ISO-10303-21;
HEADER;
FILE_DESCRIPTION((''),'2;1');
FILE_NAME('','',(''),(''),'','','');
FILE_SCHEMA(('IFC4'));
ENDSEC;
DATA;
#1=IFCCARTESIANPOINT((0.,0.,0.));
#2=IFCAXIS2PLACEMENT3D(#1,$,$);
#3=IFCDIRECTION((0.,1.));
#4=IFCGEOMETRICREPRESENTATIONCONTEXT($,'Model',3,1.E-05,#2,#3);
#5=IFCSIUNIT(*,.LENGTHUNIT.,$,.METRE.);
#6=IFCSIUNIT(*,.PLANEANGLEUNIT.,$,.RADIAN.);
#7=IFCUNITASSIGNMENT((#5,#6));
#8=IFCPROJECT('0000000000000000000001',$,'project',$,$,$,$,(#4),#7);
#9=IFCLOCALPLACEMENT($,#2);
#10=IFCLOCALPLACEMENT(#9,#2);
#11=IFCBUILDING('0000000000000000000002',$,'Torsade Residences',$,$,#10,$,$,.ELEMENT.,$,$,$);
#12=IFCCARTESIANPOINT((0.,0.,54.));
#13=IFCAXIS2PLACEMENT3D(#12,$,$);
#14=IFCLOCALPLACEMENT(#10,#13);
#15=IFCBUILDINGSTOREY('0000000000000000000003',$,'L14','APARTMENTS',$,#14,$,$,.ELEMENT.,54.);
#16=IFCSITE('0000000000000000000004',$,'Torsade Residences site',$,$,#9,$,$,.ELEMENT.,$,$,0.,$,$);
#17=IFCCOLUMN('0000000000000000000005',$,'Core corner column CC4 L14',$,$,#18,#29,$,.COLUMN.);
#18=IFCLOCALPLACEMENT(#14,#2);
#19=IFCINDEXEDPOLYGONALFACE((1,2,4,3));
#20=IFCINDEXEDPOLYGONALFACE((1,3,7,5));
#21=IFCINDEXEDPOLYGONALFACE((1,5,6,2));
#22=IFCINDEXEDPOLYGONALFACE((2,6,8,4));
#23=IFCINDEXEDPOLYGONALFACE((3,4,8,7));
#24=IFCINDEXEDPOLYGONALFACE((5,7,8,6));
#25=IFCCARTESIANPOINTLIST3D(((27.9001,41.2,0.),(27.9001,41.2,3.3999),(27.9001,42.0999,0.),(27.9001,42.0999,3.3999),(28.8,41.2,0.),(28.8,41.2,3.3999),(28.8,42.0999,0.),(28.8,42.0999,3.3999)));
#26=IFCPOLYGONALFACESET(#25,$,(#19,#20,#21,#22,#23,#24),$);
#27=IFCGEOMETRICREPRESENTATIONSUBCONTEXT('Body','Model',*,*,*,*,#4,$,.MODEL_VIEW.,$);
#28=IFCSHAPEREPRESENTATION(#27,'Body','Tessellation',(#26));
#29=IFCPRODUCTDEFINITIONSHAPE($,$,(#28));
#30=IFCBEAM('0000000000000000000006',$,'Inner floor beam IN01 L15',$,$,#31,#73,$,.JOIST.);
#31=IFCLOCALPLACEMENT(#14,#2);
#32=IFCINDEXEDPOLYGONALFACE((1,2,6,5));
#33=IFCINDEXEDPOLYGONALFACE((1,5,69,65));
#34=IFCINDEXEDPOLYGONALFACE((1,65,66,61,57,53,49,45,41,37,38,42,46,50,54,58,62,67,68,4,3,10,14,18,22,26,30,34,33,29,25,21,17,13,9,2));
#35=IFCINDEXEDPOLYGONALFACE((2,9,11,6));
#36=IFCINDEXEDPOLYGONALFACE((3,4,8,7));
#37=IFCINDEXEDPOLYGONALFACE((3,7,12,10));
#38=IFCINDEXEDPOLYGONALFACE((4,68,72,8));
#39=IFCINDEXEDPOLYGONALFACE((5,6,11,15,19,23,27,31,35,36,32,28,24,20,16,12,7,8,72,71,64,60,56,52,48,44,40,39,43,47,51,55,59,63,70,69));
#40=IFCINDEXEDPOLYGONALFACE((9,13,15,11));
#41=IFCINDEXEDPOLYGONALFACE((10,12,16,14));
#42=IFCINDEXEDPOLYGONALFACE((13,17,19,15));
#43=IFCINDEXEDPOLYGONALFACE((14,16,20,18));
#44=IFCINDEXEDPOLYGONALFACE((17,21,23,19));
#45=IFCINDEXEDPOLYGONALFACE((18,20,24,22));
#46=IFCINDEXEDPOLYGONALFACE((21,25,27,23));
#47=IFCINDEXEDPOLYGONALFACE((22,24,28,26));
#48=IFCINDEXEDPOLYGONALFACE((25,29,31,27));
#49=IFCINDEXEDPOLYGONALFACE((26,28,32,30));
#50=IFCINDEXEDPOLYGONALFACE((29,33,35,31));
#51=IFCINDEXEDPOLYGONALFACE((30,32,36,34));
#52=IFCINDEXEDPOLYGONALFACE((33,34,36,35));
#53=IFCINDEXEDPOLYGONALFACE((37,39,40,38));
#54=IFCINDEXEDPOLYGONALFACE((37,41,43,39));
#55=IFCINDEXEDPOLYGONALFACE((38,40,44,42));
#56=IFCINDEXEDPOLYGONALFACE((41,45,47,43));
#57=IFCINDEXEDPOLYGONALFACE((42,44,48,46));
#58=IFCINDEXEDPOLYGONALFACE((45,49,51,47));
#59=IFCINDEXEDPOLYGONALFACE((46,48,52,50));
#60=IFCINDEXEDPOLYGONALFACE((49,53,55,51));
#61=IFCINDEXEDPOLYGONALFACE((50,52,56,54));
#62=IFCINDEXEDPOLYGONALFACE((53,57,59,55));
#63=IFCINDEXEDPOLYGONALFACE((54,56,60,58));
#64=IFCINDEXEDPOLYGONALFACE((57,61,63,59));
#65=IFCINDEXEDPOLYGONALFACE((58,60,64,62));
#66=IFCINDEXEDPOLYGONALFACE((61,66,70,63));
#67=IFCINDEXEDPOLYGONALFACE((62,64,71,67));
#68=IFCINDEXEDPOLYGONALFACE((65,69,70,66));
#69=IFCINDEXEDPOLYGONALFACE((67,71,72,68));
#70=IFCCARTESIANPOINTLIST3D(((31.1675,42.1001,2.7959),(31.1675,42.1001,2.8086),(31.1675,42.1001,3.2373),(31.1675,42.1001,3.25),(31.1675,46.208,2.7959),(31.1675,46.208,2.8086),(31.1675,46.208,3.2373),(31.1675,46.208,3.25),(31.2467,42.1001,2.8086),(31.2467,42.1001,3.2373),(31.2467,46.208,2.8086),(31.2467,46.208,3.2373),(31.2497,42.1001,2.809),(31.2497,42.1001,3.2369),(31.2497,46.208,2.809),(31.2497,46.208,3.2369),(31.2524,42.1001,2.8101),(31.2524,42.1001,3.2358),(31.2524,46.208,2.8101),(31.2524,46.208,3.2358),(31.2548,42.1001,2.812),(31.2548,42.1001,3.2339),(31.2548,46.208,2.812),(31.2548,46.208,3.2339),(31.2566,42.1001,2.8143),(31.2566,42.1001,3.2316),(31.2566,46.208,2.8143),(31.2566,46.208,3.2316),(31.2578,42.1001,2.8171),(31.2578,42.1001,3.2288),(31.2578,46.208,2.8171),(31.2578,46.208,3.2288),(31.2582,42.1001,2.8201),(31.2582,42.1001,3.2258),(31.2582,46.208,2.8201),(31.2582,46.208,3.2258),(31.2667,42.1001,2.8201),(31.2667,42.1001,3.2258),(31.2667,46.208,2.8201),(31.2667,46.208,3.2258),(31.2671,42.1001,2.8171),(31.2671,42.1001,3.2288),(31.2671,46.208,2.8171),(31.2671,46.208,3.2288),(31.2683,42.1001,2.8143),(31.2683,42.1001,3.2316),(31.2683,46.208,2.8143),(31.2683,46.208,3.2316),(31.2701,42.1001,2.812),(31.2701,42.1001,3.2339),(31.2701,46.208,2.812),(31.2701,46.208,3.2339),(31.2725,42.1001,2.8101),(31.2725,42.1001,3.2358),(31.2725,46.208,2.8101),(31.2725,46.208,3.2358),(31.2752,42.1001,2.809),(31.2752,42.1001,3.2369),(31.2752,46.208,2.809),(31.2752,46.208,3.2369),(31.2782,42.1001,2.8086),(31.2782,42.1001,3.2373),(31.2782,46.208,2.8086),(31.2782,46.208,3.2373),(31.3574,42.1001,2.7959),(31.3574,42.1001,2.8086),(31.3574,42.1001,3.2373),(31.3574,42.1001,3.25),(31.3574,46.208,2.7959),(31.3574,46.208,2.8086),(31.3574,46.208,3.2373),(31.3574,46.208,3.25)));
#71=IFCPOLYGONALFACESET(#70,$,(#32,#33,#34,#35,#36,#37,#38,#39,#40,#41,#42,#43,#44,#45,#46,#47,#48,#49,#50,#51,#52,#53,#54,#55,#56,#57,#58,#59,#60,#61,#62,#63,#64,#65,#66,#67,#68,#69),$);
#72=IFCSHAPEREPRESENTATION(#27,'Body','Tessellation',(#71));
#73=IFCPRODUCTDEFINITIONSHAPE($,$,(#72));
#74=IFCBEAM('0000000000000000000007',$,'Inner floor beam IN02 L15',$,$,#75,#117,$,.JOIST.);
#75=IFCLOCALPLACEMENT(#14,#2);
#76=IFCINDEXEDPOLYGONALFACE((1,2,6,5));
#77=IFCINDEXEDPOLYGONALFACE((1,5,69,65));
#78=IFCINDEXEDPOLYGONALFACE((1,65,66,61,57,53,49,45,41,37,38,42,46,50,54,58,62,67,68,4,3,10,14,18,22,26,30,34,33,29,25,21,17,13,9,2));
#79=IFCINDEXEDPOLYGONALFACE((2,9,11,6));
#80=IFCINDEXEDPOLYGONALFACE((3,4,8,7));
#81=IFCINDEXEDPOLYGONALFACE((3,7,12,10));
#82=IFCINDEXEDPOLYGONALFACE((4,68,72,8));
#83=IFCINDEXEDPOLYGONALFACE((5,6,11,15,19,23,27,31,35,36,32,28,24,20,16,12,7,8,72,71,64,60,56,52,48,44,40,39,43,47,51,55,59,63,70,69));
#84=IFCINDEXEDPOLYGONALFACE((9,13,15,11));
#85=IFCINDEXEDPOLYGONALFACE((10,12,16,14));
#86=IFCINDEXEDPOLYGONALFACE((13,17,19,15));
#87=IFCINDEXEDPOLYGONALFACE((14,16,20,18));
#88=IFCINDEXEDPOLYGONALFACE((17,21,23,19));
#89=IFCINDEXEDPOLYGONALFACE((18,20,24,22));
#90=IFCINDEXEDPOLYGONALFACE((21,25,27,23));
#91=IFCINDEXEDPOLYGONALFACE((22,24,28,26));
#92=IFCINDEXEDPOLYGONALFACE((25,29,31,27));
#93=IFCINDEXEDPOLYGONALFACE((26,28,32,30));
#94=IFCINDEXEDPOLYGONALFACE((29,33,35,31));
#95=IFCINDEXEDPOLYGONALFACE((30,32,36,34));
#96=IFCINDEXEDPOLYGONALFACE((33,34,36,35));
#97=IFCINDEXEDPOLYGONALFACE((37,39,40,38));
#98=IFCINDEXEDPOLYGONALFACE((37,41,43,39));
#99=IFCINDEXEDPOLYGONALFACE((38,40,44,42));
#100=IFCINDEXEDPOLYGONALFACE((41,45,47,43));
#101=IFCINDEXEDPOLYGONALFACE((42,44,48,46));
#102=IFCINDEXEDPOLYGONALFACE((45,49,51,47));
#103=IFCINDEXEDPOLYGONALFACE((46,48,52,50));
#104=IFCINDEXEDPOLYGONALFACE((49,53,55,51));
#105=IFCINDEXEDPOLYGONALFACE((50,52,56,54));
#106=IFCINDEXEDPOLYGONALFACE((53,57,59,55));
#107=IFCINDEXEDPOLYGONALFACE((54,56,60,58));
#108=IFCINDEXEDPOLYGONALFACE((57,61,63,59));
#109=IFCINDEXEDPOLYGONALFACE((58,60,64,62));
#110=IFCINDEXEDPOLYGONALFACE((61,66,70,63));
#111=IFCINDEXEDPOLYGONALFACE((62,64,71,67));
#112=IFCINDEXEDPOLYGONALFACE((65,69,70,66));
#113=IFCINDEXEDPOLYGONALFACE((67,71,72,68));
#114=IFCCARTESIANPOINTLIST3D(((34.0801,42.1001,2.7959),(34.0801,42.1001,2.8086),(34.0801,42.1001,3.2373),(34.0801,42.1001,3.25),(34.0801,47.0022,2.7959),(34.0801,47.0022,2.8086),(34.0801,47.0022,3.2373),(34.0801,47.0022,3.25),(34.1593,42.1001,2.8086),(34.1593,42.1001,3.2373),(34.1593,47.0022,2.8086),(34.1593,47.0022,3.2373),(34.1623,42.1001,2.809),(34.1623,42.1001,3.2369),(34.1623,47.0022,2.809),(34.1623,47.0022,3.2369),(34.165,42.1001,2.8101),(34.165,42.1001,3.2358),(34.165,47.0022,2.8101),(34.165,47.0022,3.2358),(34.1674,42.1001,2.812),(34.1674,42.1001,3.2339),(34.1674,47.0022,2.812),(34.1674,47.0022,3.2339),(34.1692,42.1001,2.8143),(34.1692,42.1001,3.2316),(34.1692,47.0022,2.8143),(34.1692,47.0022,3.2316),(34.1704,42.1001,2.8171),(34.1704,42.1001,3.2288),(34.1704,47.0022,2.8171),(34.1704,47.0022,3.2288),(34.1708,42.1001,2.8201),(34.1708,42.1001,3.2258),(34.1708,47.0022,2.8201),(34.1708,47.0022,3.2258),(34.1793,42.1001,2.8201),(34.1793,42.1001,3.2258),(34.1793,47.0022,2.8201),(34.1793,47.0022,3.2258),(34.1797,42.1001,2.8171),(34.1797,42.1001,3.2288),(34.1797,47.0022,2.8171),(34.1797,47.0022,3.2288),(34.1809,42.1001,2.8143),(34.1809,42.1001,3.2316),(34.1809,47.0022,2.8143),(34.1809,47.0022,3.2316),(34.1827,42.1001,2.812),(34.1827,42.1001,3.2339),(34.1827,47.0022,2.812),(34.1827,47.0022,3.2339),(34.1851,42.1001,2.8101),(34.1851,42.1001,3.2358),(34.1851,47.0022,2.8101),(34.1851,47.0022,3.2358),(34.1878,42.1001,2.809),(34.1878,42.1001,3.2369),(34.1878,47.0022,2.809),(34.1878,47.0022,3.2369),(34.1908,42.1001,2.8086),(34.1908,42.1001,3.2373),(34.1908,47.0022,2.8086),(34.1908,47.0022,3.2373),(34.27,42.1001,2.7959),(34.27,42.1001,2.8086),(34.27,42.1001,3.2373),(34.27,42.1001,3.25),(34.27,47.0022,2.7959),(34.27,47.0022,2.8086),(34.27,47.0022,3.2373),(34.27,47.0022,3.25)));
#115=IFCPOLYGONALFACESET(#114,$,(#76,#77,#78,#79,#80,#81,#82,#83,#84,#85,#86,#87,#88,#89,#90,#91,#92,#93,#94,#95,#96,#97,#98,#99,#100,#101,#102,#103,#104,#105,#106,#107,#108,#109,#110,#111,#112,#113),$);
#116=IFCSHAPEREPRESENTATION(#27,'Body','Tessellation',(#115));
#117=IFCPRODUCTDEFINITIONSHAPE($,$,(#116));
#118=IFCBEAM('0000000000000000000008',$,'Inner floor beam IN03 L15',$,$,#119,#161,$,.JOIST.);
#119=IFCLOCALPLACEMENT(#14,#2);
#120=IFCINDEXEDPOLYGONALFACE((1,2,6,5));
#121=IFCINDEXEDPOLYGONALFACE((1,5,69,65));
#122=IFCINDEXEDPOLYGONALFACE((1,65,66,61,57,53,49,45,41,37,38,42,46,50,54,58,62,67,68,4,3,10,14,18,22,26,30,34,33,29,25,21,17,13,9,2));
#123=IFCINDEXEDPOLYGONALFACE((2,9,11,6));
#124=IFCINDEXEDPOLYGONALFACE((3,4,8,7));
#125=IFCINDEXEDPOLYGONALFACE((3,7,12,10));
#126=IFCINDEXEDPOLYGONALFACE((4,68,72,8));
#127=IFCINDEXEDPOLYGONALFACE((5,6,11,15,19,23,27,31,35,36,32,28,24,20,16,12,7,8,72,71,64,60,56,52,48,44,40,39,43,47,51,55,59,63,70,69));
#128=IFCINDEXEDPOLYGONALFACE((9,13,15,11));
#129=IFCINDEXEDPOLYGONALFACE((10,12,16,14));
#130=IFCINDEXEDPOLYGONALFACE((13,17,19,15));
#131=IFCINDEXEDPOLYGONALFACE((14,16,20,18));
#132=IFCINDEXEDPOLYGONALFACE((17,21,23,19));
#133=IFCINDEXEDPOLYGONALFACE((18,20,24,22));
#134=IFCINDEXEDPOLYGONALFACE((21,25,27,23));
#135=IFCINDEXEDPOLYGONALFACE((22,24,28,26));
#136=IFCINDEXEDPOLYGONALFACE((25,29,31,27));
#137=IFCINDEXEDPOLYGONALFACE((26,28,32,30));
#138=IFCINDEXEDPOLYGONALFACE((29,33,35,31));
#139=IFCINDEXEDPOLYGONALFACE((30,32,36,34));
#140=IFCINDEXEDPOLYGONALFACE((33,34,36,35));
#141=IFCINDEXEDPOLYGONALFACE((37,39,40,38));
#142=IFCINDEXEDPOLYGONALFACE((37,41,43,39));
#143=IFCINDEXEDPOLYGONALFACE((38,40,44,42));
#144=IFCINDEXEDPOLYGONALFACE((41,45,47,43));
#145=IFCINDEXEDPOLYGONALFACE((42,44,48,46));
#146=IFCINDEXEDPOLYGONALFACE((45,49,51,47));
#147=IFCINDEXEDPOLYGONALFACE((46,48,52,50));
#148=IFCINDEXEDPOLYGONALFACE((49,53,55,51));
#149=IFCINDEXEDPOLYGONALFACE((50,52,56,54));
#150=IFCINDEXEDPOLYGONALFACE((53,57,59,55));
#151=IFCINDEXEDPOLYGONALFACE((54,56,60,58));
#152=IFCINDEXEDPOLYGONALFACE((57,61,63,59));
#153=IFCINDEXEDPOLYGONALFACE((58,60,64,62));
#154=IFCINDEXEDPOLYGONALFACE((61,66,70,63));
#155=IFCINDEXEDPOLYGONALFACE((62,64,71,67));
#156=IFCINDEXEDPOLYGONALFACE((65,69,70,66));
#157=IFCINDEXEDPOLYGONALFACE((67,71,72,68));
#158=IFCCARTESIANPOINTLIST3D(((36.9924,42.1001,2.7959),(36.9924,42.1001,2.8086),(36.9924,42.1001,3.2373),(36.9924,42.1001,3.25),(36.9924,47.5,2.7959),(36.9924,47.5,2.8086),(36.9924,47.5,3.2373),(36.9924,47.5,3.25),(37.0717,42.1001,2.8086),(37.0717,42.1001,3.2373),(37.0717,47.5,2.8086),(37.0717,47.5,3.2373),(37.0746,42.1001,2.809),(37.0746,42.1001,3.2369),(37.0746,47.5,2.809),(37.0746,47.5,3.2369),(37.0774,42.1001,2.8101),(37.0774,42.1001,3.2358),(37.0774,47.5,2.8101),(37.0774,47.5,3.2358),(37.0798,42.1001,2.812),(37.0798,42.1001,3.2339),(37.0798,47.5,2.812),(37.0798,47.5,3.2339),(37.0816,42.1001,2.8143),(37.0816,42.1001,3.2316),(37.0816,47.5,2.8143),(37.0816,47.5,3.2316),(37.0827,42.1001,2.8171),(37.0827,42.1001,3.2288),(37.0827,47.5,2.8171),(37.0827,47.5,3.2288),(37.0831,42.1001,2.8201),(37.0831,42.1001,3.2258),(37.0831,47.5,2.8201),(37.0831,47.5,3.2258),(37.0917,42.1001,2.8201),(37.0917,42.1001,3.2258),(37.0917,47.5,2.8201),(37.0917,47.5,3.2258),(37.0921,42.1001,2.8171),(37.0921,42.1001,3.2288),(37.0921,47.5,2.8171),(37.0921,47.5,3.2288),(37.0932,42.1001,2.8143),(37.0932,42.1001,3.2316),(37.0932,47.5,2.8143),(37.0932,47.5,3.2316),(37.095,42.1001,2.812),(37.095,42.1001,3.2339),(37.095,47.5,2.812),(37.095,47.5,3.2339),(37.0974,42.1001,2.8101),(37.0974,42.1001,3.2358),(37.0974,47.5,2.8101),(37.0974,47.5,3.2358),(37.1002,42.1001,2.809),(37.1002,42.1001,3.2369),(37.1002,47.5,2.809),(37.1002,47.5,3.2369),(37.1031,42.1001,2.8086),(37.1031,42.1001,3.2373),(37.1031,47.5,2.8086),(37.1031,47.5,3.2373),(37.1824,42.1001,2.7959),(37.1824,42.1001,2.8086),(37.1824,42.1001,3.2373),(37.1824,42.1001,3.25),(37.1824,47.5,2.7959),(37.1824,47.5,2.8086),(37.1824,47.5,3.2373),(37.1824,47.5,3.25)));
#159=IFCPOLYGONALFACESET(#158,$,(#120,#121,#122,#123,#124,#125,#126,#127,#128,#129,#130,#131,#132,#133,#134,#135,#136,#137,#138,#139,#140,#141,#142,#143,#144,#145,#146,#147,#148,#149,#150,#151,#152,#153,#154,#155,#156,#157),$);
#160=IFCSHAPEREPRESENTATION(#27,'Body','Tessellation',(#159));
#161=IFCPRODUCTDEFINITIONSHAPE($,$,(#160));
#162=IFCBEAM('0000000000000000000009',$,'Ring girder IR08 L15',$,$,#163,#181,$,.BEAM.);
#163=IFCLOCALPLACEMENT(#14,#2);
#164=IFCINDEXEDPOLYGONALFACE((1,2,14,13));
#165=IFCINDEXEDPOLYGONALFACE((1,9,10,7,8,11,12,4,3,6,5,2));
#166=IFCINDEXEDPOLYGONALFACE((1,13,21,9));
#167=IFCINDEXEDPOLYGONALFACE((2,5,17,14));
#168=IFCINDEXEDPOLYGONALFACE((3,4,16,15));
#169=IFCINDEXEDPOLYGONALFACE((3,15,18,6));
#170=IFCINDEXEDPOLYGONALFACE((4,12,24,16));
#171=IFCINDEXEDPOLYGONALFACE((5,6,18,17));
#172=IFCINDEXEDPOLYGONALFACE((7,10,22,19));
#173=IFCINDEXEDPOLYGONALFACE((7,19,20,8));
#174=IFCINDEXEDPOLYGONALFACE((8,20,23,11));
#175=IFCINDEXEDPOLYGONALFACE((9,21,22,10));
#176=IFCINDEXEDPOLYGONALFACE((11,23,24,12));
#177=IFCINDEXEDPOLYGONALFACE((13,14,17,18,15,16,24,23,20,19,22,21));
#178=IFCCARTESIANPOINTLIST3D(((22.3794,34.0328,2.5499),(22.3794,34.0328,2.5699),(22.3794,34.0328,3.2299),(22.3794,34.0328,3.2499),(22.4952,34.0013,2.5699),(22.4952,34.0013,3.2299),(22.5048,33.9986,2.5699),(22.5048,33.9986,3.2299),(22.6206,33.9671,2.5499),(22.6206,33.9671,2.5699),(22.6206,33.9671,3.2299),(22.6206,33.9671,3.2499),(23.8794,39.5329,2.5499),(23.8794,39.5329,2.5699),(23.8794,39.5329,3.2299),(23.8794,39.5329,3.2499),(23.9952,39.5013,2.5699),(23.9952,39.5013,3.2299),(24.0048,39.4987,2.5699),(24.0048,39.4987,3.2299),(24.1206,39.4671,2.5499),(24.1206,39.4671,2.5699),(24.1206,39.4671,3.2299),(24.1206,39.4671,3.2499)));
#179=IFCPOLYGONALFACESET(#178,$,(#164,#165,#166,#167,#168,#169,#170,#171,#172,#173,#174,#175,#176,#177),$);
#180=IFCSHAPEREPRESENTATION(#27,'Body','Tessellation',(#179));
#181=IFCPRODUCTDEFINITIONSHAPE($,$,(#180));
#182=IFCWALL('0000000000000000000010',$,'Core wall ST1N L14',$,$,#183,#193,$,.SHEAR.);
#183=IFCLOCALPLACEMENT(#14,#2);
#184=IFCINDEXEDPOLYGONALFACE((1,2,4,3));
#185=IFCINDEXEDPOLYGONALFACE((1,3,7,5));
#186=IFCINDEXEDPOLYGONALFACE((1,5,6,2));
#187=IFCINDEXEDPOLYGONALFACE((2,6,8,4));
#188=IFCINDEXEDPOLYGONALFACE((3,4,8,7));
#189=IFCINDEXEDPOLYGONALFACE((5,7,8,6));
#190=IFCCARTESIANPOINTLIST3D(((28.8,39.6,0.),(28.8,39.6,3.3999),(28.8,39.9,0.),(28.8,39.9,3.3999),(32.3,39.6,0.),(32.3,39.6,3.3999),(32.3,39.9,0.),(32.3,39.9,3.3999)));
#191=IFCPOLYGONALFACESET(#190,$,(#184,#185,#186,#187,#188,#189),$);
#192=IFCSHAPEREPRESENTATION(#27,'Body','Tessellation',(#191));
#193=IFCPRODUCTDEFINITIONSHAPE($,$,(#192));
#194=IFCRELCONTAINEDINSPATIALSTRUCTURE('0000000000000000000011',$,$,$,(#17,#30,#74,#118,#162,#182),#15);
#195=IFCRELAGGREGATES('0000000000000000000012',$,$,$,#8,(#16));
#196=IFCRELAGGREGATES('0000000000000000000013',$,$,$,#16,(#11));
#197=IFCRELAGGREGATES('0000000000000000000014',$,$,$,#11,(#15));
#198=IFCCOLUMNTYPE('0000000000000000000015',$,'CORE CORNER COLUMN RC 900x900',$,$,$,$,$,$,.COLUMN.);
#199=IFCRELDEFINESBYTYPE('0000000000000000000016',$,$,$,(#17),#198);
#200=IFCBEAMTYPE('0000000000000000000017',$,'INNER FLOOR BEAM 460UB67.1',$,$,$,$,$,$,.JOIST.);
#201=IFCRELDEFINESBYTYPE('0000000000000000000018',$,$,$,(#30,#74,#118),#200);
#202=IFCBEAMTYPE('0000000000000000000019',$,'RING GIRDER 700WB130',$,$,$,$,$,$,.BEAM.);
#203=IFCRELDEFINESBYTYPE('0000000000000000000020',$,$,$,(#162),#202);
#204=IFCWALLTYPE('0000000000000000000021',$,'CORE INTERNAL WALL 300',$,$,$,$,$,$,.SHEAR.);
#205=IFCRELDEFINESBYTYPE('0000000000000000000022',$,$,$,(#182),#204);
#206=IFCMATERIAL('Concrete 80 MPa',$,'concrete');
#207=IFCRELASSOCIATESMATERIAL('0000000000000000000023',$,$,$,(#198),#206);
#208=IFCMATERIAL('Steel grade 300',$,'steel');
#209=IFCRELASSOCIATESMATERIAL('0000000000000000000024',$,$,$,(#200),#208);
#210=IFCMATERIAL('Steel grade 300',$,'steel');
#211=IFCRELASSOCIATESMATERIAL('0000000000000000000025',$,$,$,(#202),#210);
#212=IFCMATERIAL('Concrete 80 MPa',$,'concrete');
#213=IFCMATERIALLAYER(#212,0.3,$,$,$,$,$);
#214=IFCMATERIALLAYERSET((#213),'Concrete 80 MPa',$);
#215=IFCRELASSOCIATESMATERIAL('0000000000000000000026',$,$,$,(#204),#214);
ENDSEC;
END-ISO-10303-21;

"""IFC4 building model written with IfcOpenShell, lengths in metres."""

from ifc_helpers import new_model, si_unit, direction, frame, frame_2d, origin, origin_2d, place, context, subcontext, project, spatial, rectangle, i_section, extrude, material, layer, layer_set, material_profile, profile_set, type_object, element, save


model = new_model("IFC4")

# Units and contexts
model_context = context("Model", 3, precision=1e-05, world=origin(), true_north=direction((0.0, 1.0)))
body_context = subcontext(model_context, "Body", "Model", "MODEL_VIEW")
ifc_project = project(units=[si_unit("LENGTHUNIT", "METRE"), si_unit("PLANEANGLEUNIT", "RADIAN")], contexts=[model_context])

# Site, building, storey
site_placement = place(None, origin())
site = spatial("IfcSite", under=ifc_project, at=site_placement, Name="Torsade Residences site", CompositionType="ELEMENT", RefElevation=0.0)
building_placement = place(site_placement, origin())
building = spatial("IfcBuilding", under=site, at=building_placement, Name="Torsade Residences", CompositionType="ELEMENT")
storey_placement = place(building_placement, frame((0.0, 0.0, 54.0)))
storey = spatial("IfcBuildingStorey", under=building, at=storey_placement, Name="L14", Description="APARTMENTS", CompositionType="ELEMENT", Elevation=54.0)

# Column
ifc_material_1 = material(Name="Concrete 80 MPa", Category="concrete")
ifc_material_profile_1 = material_profile(ifc_material_1, rectangle(XDim=0.8999, YDim=0.8999, at=origin_2d()), Name="RC 900x900")
ifc_profile_set_1 = profile_set([ifc_material_profile_1], Name="Concrete 80 MPa")
column_type = type_object("IfcColumnType", Name="CORE CORNER COLUMN RC 900x900", PredefinedType="COLUMN", material=ifc_profile_set_1)
column_placement = place(storey_placement, frame((28.3501, 41.6499, 0.0), z_axis=(0.0, 0.0, 1.0), x_axis=(1.0, 0.0, 0.0)))
element("IfcColumn", 1, at=column_placement, inside=storey, type_object=column_type, Name="Core corner column CC4 L14", PredefinedType="COLUMN", context=body_context, shape_type="SweptSolid", body=[
    extrude(rectangle(XDim=0.8999, YDim=0.8999, at=origin_2d()), origin(), (0.0, 0.0, 1.0), 3.3999),
])

# Beams
ifc_material_2 = material(Name="Steel grade 300", Category="steel")
ifc_material_profile_2 = material_profile(ifc_material_2, i_section(OverallWidth=0.1899, OverallDepth=0.4541, WebThickness=0.0085, FlangeThickness=0.0127, FilletRadius=0.0115, at=origin_2d()), Name="460UB67.1")
ifc_profile_set_2 = profile_set([ifc_material_profile_2], Name="Steel grade 300")
beam_type_1 = type_object("IfcBeamType", Name="INNER FLOOR BEAM 460UB67.1", PredefinedType="JOIST", material=ifc_profile_set_2)
beam_1_placement = place(storey_placement, frame((31.2625, 42.1001, 3.0229), z_axis=(0.0, 1.0, 0.0), x_axis=(-1.0, 0.0, 0.0)))
element("IfcBeam", 2, at=beam_1_placement, inside=storey, type_object=beam_type_1, Name="Inner floor beam IN01 L15", PredefinedType="JOIST", context=body_context, shape_type="SweptSolid", body=[
    extrude(i_section(OverallWidth=0.1899, OverallDepth=0.4541, WebThickness=0.0085, FlangeThickness=0.0127, FilletRadius=0.0115, at=origin_2d()), origin(), (0.0, 0.0, 1.0), 4.1079),
])
beam_2_placement = place(storey_placement, frame((34.175, 42.1001, 3.0229), z_axis=(0.0, 1.0, 0.0), x_axis=(-1.0, 0.0, 0.0)))
element("IfcBeam", 3, at=beam_2_placement, inside=storey, type_object=beam_type_1, Name="Inner floor beam IN02 L15", PredefinedType="JOIST", context=body_context, shape_type="SweptSolid", body=[
    extrude(i_section(OverallWidth=0.1899, OverallDepth=0.4541, WebThickness=0.0085, FlangeThickness=0.0127, FilletRadius=0.0115, at=origin_2d()), origin(), (0.0, 0.0, 1.0), 4.9021),
])
beam_3_placement = place(storey_placement, frame((37.0874, 42.1001, 3.0229), z_axis=(0.0, 1.0, 0.0), x_axis=(-1.0, 0.0, 0.0)))
element("IfcBeam", 4, at=beam_3_placement, inside=storey, type_object=beam_type_1, Name="Inner floor beam IN03 L15", PredefinedType="JOIST", context=body_context, shape_type="SweptSolid", body=[
    extrude(i_section(OverallWidth=0.1899, OverallDepth=0.4541, WebThickness=0.0085, FlangeThickness=0.0127, FilletRadius=0.0115, at=origin_2d()), origin(), (0.0, 0.0, 1.0), 5.3999),
])
ifc_material_3 = material(Name="Steel grade 300", Category="steel")
ifc_material_profile_3 = material_profile(ifc_material_3, i_section(OverallWidth=0.25, OverallDepth=0.7, WebThickness=0.01, FlangeThickness=0.02, at=origin_2d()), Name="700WB130")
ifc_profile_set_3 = profile_set([ifc_material_profile_3], Name="Steel grade 300")
beam_type_2 = type_object("IfcBeamType", Name="RING GIRDER 700WB130", PredefinedType="BEAM", material=ifc_profile_set_3)
beam_4_placement = place(storey_placement, frame((24.0, 39.5, 2.8999), z_axis=(-0.263117, -0.964764, 0.0), x_axis=(0.964764, -0.263117, 0.0)))
element("IfcBeam", 5, at=beam_4_placement, inside=storey, type_object=beam_type_2, Name="Ring girder IR08 L15", PredefinedType="BEAM", context=body_context, shape_type="SweptSolid", body=[
    extrude(i_section(OverallWidth=0.25, OverallDepth=0.7, WebThickness=0.01, FlangeThickness=0.02, at=origin_2d()), origin(), (0.0, 0.0, 1.0), 5.7009),
])

# Wall
ifc_material_4 = material(Name="Concrete 80 MPa", Category="concrete")
ifc_layer_1 = layer(ifc_material_4, 0.3)
ifc_layer_set_1 = layer_set([ifc_layer_1], Name="Concrete 80 MPa")
wall_type_1 = type_object("IfcWallType", Name="CORE INTERNAL WALL 300", PredefinedType="SHEAR", material=ifc_layer_set_1)
wall_1_placement = place(storey_placement, frame((28.8, 39.75, 0.0), z_axis=(0.0, 0.0, 1.0), x_axis=(1.0, 0.0, 0.0)))
element("IfcWall", 6, at=wall_1_placement, inside=storey, type_object=wall_type_1, Name="Core wall ST1N L14", PredefinedType="SHEAR", context=body_context, shape_type="SweptSolid", body=[
    extrude(rectangle(XDim=3.5, YDim=0.3, at=frame_2d((1.75, 0.0))), origin(), (0.0, 0.0, 1.0), 3.3999),
])

save(model, "model.ifc")
